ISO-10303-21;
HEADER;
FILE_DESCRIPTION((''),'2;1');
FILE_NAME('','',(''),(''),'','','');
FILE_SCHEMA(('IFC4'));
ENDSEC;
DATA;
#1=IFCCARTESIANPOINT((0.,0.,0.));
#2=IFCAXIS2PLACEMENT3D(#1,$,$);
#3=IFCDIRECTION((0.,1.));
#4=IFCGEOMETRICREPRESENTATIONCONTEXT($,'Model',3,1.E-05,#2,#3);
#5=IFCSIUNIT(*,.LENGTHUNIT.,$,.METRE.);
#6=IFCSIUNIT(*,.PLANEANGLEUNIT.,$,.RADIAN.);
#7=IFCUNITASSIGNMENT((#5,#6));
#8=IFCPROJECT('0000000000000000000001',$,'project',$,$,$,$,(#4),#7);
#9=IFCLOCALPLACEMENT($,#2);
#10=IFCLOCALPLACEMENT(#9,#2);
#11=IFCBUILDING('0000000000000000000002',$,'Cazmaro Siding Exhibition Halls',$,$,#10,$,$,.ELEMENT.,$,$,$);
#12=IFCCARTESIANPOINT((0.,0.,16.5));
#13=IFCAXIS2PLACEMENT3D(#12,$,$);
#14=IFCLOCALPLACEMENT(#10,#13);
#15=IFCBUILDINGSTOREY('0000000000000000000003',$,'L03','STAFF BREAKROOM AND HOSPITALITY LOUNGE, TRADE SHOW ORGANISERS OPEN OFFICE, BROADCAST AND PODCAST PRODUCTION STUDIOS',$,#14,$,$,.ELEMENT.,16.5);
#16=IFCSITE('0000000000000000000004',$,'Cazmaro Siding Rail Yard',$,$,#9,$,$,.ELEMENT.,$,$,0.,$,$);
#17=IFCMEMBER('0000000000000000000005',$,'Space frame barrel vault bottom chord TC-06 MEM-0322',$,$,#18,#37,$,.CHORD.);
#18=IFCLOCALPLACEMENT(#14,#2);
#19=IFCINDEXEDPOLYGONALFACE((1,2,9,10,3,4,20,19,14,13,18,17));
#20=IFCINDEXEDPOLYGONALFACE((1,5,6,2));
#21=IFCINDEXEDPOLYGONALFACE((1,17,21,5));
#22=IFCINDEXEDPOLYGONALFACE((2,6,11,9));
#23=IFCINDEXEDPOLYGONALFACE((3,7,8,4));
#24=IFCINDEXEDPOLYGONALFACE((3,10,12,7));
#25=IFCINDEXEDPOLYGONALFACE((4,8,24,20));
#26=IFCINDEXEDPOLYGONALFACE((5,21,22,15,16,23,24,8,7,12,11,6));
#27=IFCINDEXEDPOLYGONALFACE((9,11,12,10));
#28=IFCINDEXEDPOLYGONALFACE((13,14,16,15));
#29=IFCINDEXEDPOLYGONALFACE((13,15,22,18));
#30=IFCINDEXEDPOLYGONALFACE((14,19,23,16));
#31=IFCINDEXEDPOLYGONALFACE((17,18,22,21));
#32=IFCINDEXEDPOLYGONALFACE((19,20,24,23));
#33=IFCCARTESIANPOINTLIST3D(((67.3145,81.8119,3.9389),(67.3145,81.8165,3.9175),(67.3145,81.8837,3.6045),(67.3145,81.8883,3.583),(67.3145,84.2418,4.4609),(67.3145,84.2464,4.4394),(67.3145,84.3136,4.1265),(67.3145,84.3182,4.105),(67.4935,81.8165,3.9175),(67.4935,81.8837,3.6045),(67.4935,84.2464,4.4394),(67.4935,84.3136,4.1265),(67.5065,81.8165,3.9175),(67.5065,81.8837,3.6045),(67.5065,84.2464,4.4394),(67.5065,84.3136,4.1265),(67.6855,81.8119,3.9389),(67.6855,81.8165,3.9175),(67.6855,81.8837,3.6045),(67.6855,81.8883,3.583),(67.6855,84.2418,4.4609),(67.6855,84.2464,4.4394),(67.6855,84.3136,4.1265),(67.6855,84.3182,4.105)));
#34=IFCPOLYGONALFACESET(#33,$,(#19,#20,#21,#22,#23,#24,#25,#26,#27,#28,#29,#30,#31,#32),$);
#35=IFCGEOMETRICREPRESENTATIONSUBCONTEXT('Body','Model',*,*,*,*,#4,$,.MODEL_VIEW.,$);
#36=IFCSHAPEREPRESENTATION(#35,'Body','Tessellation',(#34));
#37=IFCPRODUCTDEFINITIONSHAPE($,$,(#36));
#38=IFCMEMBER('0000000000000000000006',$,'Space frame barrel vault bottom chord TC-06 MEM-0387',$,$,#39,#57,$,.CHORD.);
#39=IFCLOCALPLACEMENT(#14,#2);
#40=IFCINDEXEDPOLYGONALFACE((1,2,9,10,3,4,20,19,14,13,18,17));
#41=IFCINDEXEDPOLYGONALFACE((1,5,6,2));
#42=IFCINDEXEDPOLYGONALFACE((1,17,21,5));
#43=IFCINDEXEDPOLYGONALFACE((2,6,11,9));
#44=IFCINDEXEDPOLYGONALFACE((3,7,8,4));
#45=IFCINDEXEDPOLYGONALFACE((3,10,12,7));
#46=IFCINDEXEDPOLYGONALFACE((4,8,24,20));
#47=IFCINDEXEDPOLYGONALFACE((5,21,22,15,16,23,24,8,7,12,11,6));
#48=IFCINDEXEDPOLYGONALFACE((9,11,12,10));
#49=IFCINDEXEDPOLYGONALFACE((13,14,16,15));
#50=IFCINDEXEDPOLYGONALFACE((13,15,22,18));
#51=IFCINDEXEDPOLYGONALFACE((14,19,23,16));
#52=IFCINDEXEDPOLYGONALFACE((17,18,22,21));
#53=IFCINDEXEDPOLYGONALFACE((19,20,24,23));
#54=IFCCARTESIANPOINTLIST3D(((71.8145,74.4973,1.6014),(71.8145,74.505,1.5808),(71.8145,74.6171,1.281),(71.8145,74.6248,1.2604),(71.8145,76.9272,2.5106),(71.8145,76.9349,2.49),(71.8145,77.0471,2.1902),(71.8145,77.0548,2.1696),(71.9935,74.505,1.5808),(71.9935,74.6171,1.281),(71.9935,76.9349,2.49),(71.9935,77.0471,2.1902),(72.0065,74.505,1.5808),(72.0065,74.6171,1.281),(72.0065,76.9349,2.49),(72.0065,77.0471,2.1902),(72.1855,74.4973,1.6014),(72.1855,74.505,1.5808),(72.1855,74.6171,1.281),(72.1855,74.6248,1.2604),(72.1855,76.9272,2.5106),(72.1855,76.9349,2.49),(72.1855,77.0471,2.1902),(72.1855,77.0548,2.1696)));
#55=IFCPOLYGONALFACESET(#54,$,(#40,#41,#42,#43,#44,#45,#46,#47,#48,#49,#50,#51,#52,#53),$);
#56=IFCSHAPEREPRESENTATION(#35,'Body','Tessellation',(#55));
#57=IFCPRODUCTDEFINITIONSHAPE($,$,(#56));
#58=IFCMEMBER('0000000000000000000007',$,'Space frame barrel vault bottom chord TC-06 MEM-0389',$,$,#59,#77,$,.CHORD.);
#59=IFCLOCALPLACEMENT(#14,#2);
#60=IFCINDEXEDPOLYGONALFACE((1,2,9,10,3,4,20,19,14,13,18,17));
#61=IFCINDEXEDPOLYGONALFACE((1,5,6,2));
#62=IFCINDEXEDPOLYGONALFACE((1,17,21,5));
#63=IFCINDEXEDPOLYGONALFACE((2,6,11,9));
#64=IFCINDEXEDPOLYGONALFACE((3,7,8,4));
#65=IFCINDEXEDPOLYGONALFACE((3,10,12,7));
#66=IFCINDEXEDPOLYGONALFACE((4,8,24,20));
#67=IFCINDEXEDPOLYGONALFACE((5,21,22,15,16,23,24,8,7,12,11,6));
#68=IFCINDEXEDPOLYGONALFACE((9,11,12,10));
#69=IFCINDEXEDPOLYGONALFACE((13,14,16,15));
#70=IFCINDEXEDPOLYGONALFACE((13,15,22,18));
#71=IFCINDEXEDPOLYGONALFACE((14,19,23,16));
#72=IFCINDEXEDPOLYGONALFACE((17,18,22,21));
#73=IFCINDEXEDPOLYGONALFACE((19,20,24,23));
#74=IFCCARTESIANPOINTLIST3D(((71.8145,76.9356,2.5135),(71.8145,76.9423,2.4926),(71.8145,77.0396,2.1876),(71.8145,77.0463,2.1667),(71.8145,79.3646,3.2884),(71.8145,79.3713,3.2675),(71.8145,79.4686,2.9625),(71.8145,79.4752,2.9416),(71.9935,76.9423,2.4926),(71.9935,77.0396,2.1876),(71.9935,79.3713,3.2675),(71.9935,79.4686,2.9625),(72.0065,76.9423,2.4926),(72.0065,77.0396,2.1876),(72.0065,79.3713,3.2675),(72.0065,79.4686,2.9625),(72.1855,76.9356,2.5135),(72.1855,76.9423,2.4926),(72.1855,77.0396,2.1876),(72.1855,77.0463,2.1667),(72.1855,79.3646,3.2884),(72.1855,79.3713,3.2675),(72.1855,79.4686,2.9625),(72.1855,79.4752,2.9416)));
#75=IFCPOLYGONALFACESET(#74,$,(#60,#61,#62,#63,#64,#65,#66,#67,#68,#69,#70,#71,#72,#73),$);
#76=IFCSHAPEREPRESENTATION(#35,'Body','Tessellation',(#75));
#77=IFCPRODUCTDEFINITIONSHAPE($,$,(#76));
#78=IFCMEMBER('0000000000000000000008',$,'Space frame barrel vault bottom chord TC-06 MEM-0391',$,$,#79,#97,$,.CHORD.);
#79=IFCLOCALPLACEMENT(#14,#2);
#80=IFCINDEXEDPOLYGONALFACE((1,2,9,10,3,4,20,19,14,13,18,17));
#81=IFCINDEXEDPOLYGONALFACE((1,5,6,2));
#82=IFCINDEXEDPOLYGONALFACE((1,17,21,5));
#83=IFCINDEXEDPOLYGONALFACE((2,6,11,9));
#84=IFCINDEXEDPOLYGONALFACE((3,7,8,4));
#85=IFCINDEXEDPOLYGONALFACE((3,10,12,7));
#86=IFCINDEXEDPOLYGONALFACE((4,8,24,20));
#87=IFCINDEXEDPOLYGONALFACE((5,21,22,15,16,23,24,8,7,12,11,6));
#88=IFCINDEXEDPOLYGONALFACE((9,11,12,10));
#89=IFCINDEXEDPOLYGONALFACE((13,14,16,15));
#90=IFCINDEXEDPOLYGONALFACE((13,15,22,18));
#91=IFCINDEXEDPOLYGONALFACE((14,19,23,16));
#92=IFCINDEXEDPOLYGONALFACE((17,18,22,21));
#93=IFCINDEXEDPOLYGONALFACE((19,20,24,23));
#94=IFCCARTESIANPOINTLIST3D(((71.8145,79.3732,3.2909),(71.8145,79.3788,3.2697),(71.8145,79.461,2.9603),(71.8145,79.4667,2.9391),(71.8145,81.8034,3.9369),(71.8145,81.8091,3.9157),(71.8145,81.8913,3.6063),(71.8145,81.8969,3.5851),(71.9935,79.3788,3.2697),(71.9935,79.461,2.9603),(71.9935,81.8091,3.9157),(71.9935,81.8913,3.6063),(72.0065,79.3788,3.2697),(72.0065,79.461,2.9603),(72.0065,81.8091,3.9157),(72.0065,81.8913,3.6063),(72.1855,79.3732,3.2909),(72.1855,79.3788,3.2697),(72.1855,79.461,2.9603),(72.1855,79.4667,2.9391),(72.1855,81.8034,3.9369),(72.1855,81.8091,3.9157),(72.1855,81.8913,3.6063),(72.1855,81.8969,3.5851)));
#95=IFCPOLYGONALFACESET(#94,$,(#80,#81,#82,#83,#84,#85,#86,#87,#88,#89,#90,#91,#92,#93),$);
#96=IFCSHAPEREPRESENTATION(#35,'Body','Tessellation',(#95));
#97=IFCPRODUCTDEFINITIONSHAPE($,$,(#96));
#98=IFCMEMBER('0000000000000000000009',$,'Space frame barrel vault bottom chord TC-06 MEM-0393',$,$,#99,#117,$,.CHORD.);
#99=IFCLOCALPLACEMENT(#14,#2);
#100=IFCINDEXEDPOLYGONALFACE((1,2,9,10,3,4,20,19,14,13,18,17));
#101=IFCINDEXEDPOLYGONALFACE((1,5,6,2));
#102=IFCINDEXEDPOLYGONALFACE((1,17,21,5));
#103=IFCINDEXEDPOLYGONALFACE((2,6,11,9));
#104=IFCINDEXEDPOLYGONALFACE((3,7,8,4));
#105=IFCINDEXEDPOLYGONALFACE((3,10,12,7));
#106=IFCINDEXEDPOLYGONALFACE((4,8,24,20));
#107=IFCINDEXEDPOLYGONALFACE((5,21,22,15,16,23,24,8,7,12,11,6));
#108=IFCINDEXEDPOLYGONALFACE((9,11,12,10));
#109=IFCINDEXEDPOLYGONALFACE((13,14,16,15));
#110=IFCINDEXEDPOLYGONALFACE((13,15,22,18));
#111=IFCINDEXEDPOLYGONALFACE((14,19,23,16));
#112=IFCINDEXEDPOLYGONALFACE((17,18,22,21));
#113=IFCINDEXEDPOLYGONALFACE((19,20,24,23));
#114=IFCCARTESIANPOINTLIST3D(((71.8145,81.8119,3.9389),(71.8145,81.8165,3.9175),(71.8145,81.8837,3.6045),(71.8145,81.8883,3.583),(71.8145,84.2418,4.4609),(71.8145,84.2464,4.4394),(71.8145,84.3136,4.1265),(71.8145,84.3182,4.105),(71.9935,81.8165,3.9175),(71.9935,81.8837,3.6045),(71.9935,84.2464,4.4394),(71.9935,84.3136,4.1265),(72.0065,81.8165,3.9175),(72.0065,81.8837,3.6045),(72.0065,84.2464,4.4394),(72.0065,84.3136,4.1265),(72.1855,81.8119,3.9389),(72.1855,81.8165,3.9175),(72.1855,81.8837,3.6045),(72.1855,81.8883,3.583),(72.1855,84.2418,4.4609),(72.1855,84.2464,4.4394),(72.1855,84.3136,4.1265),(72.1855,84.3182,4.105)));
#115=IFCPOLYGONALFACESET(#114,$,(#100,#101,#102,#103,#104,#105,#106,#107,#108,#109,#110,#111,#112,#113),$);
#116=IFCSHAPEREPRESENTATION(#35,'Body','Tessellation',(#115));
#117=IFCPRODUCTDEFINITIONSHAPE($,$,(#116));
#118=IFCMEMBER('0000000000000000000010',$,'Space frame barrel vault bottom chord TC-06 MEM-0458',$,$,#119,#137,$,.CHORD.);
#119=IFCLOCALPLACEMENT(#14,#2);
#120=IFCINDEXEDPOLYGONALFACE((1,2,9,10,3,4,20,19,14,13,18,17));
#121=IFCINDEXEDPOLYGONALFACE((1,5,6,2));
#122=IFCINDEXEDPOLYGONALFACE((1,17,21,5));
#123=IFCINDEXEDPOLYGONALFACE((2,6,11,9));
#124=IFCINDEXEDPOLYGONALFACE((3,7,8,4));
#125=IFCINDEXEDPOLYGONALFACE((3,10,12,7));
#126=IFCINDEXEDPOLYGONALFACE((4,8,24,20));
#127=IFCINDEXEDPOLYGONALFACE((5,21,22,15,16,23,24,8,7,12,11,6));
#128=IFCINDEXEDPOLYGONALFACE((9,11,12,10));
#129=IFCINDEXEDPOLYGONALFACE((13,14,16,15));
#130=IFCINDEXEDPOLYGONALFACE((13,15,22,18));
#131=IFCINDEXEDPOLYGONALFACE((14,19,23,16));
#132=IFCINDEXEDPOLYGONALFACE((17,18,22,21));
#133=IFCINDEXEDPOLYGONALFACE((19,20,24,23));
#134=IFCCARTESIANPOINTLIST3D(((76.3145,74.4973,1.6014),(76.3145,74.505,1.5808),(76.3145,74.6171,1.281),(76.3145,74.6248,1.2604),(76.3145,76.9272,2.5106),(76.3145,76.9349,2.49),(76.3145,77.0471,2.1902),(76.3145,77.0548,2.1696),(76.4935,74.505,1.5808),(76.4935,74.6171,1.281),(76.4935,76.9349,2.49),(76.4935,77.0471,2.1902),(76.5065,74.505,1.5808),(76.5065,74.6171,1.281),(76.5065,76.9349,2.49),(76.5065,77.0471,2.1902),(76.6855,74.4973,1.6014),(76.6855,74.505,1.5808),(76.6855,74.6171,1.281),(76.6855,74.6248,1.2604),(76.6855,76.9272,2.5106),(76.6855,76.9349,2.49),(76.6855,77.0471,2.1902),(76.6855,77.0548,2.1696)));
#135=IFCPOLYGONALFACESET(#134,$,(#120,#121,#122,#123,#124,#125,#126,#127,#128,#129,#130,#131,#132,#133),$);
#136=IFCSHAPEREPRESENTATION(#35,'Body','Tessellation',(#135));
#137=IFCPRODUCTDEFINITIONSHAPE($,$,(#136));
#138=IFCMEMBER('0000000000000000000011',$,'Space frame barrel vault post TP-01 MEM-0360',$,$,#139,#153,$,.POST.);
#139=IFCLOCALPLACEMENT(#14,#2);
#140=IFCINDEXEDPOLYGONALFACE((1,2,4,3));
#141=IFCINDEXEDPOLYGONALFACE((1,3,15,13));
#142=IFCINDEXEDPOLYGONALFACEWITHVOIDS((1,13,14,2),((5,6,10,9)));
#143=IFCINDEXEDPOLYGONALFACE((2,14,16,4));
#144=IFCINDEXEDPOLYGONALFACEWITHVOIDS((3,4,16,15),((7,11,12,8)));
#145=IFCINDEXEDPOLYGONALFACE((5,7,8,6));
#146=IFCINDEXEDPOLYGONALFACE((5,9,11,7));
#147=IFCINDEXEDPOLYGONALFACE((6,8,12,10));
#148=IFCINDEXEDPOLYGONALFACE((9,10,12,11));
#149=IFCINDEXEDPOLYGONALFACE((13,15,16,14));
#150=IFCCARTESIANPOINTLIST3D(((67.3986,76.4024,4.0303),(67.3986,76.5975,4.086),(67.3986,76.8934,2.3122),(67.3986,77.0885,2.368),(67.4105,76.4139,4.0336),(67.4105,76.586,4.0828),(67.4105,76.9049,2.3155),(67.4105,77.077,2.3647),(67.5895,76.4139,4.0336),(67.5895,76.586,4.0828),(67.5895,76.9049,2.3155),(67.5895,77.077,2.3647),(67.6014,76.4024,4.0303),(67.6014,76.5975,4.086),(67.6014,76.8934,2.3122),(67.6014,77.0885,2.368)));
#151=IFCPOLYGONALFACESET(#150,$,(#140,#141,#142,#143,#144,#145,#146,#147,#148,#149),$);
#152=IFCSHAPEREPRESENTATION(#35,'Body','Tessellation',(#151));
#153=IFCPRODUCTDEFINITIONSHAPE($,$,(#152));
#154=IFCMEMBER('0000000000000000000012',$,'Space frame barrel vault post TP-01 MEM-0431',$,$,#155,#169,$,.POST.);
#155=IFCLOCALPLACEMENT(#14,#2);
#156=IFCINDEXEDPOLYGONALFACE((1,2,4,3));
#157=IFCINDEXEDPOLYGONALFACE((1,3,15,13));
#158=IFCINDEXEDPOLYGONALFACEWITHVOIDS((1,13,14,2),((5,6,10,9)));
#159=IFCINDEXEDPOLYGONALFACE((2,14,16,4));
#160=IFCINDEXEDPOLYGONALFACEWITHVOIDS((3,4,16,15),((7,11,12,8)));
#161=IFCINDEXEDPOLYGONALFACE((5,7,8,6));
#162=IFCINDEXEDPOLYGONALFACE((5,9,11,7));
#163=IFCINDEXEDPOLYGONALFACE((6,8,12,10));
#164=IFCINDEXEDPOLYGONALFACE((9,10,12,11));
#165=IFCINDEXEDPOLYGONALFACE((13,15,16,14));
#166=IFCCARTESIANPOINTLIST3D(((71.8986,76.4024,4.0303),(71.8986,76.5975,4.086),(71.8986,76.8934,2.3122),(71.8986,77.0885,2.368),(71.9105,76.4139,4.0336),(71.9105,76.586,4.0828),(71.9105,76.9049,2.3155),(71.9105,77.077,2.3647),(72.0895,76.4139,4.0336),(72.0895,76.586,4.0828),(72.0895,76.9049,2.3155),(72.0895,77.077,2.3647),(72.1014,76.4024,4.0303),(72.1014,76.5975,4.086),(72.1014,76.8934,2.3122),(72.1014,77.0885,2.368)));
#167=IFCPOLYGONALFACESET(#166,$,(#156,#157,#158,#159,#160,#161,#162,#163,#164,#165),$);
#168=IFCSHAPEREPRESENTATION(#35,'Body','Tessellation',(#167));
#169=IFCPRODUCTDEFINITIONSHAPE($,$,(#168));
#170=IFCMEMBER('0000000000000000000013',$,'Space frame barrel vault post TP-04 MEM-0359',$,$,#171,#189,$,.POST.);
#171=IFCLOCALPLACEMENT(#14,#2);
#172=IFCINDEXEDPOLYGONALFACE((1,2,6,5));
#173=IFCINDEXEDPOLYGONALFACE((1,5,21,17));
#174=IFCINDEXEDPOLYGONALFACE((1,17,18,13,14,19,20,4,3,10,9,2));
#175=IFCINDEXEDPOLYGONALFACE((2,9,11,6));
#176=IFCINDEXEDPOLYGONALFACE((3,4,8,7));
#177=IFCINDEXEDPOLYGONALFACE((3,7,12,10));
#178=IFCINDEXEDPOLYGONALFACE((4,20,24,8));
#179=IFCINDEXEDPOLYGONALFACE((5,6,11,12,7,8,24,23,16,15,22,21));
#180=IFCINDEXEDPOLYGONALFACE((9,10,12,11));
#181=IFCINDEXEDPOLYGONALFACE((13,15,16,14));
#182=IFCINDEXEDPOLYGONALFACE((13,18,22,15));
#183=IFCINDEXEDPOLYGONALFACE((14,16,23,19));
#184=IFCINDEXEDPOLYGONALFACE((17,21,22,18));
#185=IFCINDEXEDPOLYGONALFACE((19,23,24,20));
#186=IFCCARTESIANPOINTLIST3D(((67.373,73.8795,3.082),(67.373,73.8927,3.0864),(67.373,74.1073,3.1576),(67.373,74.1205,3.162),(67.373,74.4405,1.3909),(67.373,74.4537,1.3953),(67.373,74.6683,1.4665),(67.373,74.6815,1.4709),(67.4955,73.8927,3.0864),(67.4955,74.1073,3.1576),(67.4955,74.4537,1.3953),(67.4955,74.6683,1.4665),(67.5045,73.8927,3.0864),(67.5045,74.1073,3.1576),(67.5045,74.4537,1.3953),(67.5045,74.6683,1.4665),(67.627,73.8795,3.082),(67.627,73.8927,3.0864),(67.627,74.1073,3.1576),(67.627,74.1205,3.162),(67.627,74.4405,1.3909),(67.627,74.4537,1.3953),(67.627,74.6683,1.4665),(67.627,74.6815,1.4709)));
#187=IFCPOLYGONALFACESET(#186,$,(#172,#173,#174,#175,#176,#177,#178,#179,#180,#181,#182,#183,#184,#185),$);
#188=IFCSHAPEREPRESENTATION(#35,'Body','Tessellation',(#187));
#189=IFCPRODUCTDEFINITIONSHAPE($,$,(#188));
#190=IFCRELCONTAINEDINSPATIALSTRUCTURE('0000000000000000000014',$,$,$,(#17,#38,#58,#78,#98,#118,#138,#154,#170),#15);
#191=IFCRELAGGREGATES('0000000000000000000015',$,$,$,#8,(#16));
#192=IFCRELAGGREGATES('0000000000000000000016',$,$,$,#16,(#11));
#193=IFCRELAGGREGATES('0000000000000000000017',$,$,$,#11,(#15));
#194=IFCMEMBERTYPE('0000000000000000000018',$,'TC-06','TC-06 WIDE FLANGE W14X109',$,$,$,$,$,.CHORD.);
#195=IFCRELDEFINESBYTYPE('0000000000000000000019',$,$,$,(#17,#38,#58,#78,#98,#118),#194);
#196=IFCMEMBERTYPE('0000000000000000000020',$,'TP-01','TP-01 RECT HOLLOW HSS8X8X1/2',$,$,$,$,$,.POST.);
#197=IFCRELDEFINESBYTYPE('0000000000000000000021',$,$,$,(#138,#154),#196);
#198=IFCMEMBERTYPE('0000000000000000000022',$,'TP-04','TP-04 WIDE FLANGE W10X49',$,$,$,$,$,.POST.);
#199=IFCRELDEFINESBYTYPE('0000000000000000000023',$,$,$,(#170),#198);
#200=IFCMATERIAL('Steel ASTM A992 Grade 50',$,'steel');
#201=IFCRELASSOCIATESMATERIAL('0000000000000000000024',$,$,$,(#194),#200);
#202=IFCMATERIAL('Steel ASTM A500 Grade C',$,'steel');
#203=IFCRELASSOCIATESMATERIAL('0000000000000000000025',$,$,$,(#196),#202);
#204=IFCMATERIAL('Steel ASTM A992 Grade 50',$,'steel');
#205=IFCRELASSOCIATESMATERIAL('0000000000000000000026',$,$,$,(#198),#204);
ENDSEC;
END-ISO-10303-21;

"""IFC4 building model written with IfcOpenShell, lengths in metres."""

from ifc_helpers import new_model, si_unit, direction, frame, origin, origin_2d, place, context, subcontext, project, spatial, hollow_rectangle, i_section, extrude, material, material_profile, profile_set, type_object, element, save


model = new_model("IFC4")

# Units and contexts
model_context = context("Model", 3, precision=1e-05, world=origin(), true_north=direction((0.0, 1.0)))
body_context = subcontext(model_context, "Body", "Model", "MODEL_VIEW")
ifc_project = project(units=[si_unit("LENGTHUNIT", "METRE"), si_unit("PLANEANGLEUNIT", "RADIAN")], contexts=[model_context])

# Site, building, storey
site_placement = place(None, origin())
site = spatial("IfcSite", under=ifc_project, at=site_placement, Name="Cazmaro Siding Rail Yard", CompositionType="ELEMENT", RefElevation=0.0)
building_placement = place(site_placement, origin())
building = spatial("IfcBuilding", under=site, at=building_placement, Name="Cazmaro Siding Exhibition Halls", CompositionType="ELEMENT")
storey_placement = place(building_placement, frame((0.0, 0.0, 16.5)))
storey = spatial("IfcBuildingStorey", under=building, at=storey_placement, Name="L03", Description="STAFF BREAKROOM AND HOSPITALITY LOUNGE, TRADE SHOW ORGANISERS OPEN OFFICE, BROADCAST AND PODCAST PRODUCTION STUDIOS", CompositionType="ELEMENT", Elevation=16.5)

# Members
ifc_material_1 = material(Name="Steel ASTM A992 Grade 50", Category="steel")
ifc_material_profile_1 = material_profile(ifc_material_1, i_section(OverallWidth=0.3711, OverallDepth=0.364, WebThickness=0.0129, FlangeThickness=0.022, at=origin_2d()), Name="W14X109")
ifc_profile_set_1 = profile_set([ifc_material_profile_1], Name="Steel ASTM A992 Grade 50")
member_type_1 = type_object("IfcMemberType", Name="TC-06", Description="TC-06 WIDE FLANGE W14X109", PredefinedType="CHORD", material=ifc_profile_set_1)
member_1_placement = place(storey_placement, frame((67.5, 81.8501, 3.761), z_axis=(0.0, 0.977697, 0.210019), x_axis=(-1.0, 0.0, 0.0)))
element("IfcMember", 1, at=member_1_placement, inside=storey, type_object=member_type_1, Name="Space frame barrel vault bottom chord TC-06 MEM-0322", PredefinedType="CHORD", context=body_context, shape_type="SweptSolid", body=[
    extrude(i_section(OverallWidth=0.3711, OverallDepth=0.364, WebThickness=0.0129, FlangeThickness=0.022, at=origin_2d()), origin(), (0.0, 0.0, 1.0), 2.4854),
])
member_2_placement = place(storey_placement, frame((72.0, 74.561, 1.4309), z_axis=(0.0, 0.936588, 0.350432), x_axis=(-1.0, 0.0, 0.0)))
element("IfcMember", 2, at=member_2_placement, inside=storey, type_object=member_type_1, Name="Space frame barrel vault bottom chord TC-06 MEM-0387", PredefinedType="CHORD", context=body_context, shape_type="SweptSolid", body=[
    extrude(i_section(OverallWidth=0.3711, OverallDepth=0.364, WebThickness=0.0129, FlangeThickness=0.022, at=origin_2d()), origin(), (0.0, 0.0, 1.0), 2.5945),
])
member_3_placement = place(storey_placement, frame((72.0, 76.991, 2.3401), z_axis=(0.0, 0.952693, 0.303935), x_axis=(-1.0, 0.0, 0.0)))
element("IfcMember", 3, at=member_3_placement, inside=storey, type_object=member_type_1, Name="Space frame barrel vault bottom chord TC-06 MEM-0389", PredefinedType="CHORD", context=body_context, shape_type="SweptSolid", body=[
    extrude(i_section(OverallWidth=0.3711, OverallDepth=0.364, WebThickness=0.0129, FlangeThickness=0.022, at=origin_2d()), origin(), (0.0, 0.0, 1.0), 2.5496),
])
member_4_placement = place(storey_placement, frame((72.0, 79.4199, 3.115), z_axis=(0.0, 0.966438, 0.256901), x_axis=(-1.0, 0.0, 0.0)))
element("IfcMember", 4, at=member_4_placement, inside=storey, type_object=member_type_1, Name="Space frame barrel vault bottom chord TC-06 MEM-0391", PredefinedType="CHORD", context=body_context, shape_type="SweptSolid", body=[
    extrude(i_section(OverallWidth=0.3711, OverallDepth=0.364, WebThickness=0.0129, FlangeThickness=0.022, at=origin_2d()), origin(), (0.0, 0.0, 1.0), 2.5146),
])
member_5_placement = place(storey_placement, frame((72.0, 81.8501, 3.761), z_axis=(0.0, 0.977697, 0.210019), x_axis=(-1.0, 0.0, 0.0)))
element("IfcMember", 5, at=member_5_placement, inside=storey, type_object=member_type_1, Name="Space frame barrel vault bottom chord TC-06 MEM-0393", PredefinedType="CHORD", context=body_context, shape_type="SweptSolid", body=[
    extrude(i_section(OverallWidth=0.3711, OverallDepth=0.364, WebThickness=0.0129, FlangeThickness=0.022, at=origin_2d()), origin(), (0.0, 0.0, 1.0), 2.4854),
])
member_6_placement = place(storey_placement, frame((76.5, 74.561, 1.4309), z_axis=(0.0, 0.936588, 0.350432), x_axis=(-1.0, 0.0, 0.0)))
element("IfcMember", 6, at=member_6_placement, inside=storey, type_object=member_type_1, Name="Space frame barrel vault bottom chord TC-06 MEM-0458", PredefinedType="CHORD", context=body_context, shape_type="SweptSolid", body=[
    extrude(i_section(OverallWidth=0.3711, OverallDepth=0.364, WebThickness=0.0129, FlangeThickness=0.022, at=origin_2d()), origin(), (0.0, 0.0, 1.0), 2.5945),
])
ifc_material_2 = material(Name="Steel ASTM A500 Grade C", Category="steel")
ifc_material_profile_2 = material_profile(ifc_material_2, hollow_rectangle(XDim=0.2029, YDim=0.2029, WallThickness=0.012, at=origin_2d()), Name="HSS8X8X1/2")
ifc_profile_set_2 = profile_set([ifc_material_profile_2], Name="Steel ASTM A500 Grade C")
member_type_2 = type_object("IfcMemberType", Name="TP-01", Description="TP-01 RECT HOLLOW HSS8X8X1/2", PredefinedType="POST", material=ifc_profile_set_2)
for number, where, z_axis, x_axis, name in (
    (7, (67.5, 76.991, 2.3401), (0.0, -0.274775, 0.961508), (1.0, 0.0, 0.0), "Space frame barrel vault post TP-01 MEM-0360"),
    (8, (72.0, 76.991, 2.3401), (0.0, -0.274775, 0.961508), (1.0, 0.0, 0.0), "Space frame barrel vault post TP-01 MEM-0431"),
):
    element("IfcMember", number, at=place(storey_placement, frame(where, z_axis=z_axis, x_axis=x_axis)), inside=storey, type_object=member_type_2, Name=name, PredefinedType="POST", context=body_context, shape_type="SweptSolid", body=[
        extrude(hollow_rectangle(XDim=0.2029, YDim=0.2029, WallThickness=0.012, at=origin_2d()), origin(), (0.0, 0.0, 1.0), 1.7869),
    ])
ifc_material_3 = material(Name="Steel ASTM A992 Grade 50", Category="steel")
ifc_material_profile_3 = material_profile(ifc_material_3, i_section(OverallWidth=0.2539, OverallDepth=0.2539, WebThickness=0.009, FlangeThickness=0.0139, at=origin_2d()), Name="W10X49")
ifc_profile_set_3 = profile_set([ifc_material_profile_3], Name="Steel ASTM A992 Grade 50")
member_type_3 = type_object("IfcMemberType", Name="TP-04", Description="TP-04 WIDE FLANGE W10X49", PredefinedType="POST", material=ifc_profile_set_3)
member_7_placement = place(storey_placement, frame((67.5, 74.561, 1.4309), z_axis=(0.0, -0.314871, 0.949134), x_axis=(1.0, 0.0, 0.0)))
element("IfcMember", 9, at=member_7_placement, inside=storey, type_object=member_type_3, Name="Space frame barrel vault post TP-04 MEM-0359", PredefinedType="POST", context=body_context, shape_type="SweptSolid", body=[
    extrude(i_section(OverallWidth=0.2539, OverallDepth=0.2539, WebThickness=0.009, FlangeThickness=0.0139, at=origin_2d()), origin(), (0.0, 0.0, 1.0), 1.7817),
])

save(model, "model.ifc")
